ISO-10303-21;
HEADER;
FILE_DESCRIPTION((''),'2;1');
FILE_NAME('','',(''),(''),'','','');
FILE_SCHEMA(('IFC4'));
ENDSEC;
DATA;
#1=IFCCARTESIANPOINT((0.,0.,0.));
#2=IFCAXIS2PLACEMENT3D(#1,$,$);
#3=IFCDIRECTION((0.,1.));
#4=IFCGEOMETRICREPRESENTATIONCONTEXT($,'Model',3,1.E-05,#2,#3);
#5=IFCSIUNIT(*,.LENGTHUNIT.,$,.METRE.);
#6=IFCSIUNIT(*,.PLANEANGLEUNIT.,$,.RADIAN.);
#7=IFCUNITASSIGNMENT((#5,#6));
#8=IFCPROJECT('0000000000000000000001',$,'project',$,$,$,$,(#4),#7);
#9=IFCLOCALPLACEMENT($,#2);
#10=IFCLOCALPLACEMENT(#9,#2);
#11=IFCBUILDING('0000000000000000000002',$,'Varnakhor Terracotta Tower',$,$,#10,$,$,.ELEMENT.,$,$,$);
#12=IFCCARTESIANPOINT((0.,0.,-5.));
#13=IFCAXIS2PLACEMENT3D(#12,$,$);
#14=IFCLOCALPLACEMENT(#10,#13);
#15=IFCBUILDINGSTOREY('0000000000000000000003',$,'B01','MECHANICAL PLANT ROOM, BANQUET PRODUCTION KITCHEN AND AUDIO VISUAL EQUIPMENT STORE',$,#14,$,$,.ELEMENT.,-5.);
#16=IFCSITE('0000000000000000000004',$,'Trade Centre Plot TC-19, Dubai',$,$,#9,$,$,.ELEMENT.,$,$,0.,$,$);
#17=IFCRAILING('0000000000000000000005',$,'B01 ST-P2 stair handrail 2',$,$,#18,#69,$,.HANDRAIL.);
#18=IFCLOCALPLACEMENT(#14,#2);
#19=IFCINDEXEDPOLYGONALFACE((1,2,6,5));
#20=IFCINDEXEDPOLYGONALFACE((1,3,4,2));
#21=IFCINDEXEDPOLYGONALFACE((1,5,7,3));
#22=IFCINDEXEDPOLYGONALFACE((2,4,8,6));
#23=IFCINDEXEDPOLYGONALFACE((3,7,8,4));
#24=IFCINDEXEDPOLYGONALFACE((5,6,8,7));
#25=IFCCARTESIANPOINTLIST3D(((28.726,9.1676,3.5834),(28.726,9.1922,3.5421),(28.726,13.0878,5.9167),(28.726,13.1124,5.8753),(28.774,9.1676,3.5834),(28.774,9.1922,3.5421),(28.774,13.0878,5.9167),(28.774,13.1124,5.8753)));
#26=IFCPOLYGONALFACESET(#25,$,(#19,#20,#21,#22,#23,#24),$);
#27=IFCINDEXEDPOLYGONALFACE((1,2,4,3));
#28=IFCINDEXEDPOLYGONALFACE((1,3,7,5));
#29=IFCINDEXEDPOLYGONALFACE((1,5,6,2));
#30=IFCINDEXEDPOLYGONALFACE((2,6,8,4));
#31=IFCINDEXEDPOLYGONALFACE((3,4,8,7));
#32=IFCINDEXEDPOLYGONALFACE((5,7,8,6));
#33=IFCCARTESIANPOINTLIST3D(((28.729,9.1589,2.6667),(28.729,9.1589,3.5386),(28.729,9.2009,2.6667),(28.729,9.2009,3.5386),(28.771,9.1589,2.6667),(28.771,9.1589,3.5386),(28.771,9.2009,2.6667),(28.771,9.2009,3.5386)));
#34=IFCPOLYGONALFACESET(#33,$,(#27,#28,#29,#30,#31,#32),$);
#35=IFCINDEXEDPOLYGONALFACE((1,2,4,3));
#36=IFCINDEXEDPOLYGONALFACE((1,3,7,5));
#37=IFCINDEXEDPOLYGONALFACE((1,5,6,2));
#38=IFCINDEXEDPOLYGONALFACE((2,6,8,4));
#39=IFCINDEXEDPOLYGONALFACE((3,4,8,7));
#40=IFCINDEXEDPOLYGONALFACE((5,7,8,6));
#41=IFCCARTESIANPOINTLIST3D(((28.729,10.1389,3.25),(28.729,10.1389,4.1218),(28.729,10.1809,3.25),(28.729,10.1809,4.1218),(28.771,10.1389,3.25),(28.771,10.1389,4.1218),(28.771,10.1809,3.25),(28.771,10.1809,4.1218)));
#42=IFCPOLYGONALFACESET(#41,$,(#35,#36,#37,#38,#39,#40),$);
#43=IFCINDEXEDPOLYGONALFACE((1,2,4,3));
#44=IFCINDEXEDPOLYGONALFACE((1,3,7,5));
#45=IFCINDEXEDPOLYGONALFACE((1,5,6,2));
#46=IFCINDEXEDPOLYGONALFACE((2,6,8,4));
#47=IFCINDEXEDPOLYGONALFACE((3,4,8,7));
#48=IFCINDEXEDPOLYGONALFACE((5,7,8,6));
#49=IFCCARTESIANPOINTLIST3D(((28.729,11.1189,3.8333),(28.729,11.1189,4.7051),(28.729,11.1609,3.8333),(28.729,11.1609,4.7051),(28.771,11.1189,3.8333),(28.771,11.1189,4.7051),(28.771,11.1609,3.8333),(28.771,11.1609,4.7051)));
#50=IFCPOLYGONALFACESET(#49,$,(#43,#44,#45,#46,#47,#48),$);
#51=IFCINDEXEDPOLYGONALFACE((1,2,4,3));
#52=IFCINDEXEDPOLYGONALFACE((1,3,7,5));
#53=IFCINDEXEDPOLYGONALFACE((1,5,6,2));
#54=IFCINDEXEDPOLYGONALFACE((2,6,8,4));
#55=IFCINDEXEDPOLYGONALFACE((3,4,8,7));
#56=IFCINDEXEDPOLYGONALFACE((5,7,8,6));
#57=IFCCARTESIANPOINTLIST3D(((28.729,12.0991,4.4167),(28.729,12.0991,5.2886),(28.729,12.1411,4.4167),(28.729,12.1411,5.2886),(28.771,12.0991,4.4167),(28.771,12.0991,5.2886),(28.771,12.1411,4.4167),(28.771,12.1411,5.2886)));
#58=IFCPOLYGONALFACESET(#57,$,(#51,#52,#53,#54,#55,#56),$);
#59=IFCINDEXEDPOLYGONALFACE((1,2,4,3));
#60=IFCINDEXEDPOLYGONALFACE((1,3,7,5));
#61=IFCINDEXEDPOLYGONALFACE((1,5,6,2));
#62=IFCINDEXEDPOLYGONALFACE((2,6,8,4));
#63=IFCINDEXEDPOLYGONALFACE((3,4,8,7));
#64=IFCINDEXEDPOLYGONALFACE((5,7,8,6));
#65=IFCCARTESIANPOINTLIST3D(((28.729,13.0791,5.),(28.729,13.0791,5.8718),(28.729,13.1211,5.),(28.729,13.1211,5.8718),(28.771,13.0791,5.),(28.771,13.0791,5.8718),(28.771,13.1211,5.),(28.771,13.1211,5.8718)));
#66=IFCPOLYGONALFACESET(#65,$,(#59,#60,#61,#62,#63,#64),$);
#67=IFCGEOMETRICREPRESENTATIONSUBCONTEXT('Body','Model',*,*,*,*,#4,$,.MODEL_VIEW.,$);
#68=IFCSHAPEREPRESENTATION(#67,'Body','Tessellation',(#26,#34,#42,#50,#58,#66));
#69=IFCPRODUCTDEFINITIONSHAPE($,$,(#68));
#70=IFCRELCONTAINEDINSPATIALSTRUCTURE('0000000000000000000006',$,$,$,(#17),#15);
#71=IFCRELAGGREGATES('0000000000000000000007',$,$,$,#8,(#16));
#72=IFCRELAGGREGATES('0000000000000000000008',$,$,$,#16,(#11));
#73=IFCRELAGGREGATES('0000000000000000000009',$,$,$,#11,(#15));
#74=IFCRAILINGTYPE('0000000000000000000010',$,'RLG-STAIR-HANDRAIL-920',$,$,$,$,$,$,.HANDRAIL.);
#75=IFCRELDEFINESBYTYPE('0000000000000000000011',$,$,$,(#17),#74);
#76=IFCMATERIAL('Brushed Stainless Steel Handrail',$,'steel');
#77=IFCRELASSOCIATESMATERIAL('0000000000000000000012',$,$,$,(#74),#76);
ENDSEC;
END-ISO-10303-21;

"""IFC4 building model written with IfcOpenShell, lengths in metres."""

from ifc_helpers import new_model, si_unit, direction, frame, origin, origin_2d, place, context, subcontext, project, spatial, rectangle, extrude, material, type_object, element, save


model = new_model("IFC4")

# Units and contexts
model_context = context("Model", 3, precision=1e-05, world=origin(), true_north=direction((0.0, 1.0)))
body_context = subcontext(model_context, "Body", "Model", "MODEL_VIEW")
ifc_project = project(units=[si_unit("LENGTHUNIT", "METRE"), si_unit("PLANEANGLEUNIT", "RADIAN")], contexts=[model_context])

# Site, building, storey
site_placement = place(None, origin())
site = spatial("IfcSite", under=ifc_project, at=site_placement, Name="Trade Centre Plot TC-19, Dubai", CompositionType="ELEMENT", RefElevation=0.0)
building_placement = place(site_placement, origin())
building = spatial("IfcBuilding", under=site, at=building_placement, Name="Varnakhor Terracotta Tower", CompositionType="ELEMENT")
storey_placement = place(building_placement, frame((0.0, 0.0, -5.0)))
storey = spatial("IfcBuildingStorey", under=building, at=storey_placement, Name="B01", Description="MECHANICAL PLANT ROOM, BANQUET PRODUCTION KITCHEN AND AUDIO VISUAL EQUIPMENT STORE", CompositionType="ELEMENT", Elevation=-5.0)

# Railing
ifc_material_1 = material(Name="Brushed Stainless Steel Handrail", Category="steel")
railing_type_1 = type_object("IfcRailingType", Name="RLG-STAIR-HANDRAIL-920", PredefinedType="HANDRAIL", material=ifc_material_1)
railing_1_placement = place(storey_placement, frame((28.75, 9.1799, 2.6667)))
element("IfcRailing", 1, at=railing_1_placement, inside=storey, type_object=railing_type_1, Name="B01 ST-P2 stair handrail 2", PredefinedType="HANDRAIL", context=body_context, shape_type="SweptSolid", body=[
    extrude(rectangle(XDim=0.0481, YDim=0.0481, at=origin_2d()), frame((0.0, 0.0, 0.896), z_axis=(0.0, 0.85931, 0.511455), x_axis=(-1.0, 0.0, 0.0)), (0.0, 0.0, 1.0), 4.562),
    extrude(rectangle(XDim=0.042, YDim=0.042, at=origin_2d()), origin(), (0.0, 0.0, 1.0), 0.8718),
    extrude(rectangle(XDim=0.042, YDim=0.042, at=origin_2d()), frame((0.0, 0.98, 0.5833)), (0.0, 0.0, 1.0), 0.8718),
    extrude(rectangle(XDim=0.042, YDim=0.042, at=origin_2d()), frame((0.0, 1.96, 1.1665)), (0.0, 0.0, 1.0), 0.8718),
    extrude(rectangle(XDim=0.042, YDim=0.042, at=origin_2d()), frame((0.0, 2.9402, 1.75)), (0.0, 0.0, 1.0), 0.8718),
    extrude(rectangle(XDim=0.042, YDim=0.042, at=origin_2d()), frame((0.0, 3.9202, 2.3333)), (0.0, 0.0, 1.0), 0.8718),
])

save(model, "model.ifc")
